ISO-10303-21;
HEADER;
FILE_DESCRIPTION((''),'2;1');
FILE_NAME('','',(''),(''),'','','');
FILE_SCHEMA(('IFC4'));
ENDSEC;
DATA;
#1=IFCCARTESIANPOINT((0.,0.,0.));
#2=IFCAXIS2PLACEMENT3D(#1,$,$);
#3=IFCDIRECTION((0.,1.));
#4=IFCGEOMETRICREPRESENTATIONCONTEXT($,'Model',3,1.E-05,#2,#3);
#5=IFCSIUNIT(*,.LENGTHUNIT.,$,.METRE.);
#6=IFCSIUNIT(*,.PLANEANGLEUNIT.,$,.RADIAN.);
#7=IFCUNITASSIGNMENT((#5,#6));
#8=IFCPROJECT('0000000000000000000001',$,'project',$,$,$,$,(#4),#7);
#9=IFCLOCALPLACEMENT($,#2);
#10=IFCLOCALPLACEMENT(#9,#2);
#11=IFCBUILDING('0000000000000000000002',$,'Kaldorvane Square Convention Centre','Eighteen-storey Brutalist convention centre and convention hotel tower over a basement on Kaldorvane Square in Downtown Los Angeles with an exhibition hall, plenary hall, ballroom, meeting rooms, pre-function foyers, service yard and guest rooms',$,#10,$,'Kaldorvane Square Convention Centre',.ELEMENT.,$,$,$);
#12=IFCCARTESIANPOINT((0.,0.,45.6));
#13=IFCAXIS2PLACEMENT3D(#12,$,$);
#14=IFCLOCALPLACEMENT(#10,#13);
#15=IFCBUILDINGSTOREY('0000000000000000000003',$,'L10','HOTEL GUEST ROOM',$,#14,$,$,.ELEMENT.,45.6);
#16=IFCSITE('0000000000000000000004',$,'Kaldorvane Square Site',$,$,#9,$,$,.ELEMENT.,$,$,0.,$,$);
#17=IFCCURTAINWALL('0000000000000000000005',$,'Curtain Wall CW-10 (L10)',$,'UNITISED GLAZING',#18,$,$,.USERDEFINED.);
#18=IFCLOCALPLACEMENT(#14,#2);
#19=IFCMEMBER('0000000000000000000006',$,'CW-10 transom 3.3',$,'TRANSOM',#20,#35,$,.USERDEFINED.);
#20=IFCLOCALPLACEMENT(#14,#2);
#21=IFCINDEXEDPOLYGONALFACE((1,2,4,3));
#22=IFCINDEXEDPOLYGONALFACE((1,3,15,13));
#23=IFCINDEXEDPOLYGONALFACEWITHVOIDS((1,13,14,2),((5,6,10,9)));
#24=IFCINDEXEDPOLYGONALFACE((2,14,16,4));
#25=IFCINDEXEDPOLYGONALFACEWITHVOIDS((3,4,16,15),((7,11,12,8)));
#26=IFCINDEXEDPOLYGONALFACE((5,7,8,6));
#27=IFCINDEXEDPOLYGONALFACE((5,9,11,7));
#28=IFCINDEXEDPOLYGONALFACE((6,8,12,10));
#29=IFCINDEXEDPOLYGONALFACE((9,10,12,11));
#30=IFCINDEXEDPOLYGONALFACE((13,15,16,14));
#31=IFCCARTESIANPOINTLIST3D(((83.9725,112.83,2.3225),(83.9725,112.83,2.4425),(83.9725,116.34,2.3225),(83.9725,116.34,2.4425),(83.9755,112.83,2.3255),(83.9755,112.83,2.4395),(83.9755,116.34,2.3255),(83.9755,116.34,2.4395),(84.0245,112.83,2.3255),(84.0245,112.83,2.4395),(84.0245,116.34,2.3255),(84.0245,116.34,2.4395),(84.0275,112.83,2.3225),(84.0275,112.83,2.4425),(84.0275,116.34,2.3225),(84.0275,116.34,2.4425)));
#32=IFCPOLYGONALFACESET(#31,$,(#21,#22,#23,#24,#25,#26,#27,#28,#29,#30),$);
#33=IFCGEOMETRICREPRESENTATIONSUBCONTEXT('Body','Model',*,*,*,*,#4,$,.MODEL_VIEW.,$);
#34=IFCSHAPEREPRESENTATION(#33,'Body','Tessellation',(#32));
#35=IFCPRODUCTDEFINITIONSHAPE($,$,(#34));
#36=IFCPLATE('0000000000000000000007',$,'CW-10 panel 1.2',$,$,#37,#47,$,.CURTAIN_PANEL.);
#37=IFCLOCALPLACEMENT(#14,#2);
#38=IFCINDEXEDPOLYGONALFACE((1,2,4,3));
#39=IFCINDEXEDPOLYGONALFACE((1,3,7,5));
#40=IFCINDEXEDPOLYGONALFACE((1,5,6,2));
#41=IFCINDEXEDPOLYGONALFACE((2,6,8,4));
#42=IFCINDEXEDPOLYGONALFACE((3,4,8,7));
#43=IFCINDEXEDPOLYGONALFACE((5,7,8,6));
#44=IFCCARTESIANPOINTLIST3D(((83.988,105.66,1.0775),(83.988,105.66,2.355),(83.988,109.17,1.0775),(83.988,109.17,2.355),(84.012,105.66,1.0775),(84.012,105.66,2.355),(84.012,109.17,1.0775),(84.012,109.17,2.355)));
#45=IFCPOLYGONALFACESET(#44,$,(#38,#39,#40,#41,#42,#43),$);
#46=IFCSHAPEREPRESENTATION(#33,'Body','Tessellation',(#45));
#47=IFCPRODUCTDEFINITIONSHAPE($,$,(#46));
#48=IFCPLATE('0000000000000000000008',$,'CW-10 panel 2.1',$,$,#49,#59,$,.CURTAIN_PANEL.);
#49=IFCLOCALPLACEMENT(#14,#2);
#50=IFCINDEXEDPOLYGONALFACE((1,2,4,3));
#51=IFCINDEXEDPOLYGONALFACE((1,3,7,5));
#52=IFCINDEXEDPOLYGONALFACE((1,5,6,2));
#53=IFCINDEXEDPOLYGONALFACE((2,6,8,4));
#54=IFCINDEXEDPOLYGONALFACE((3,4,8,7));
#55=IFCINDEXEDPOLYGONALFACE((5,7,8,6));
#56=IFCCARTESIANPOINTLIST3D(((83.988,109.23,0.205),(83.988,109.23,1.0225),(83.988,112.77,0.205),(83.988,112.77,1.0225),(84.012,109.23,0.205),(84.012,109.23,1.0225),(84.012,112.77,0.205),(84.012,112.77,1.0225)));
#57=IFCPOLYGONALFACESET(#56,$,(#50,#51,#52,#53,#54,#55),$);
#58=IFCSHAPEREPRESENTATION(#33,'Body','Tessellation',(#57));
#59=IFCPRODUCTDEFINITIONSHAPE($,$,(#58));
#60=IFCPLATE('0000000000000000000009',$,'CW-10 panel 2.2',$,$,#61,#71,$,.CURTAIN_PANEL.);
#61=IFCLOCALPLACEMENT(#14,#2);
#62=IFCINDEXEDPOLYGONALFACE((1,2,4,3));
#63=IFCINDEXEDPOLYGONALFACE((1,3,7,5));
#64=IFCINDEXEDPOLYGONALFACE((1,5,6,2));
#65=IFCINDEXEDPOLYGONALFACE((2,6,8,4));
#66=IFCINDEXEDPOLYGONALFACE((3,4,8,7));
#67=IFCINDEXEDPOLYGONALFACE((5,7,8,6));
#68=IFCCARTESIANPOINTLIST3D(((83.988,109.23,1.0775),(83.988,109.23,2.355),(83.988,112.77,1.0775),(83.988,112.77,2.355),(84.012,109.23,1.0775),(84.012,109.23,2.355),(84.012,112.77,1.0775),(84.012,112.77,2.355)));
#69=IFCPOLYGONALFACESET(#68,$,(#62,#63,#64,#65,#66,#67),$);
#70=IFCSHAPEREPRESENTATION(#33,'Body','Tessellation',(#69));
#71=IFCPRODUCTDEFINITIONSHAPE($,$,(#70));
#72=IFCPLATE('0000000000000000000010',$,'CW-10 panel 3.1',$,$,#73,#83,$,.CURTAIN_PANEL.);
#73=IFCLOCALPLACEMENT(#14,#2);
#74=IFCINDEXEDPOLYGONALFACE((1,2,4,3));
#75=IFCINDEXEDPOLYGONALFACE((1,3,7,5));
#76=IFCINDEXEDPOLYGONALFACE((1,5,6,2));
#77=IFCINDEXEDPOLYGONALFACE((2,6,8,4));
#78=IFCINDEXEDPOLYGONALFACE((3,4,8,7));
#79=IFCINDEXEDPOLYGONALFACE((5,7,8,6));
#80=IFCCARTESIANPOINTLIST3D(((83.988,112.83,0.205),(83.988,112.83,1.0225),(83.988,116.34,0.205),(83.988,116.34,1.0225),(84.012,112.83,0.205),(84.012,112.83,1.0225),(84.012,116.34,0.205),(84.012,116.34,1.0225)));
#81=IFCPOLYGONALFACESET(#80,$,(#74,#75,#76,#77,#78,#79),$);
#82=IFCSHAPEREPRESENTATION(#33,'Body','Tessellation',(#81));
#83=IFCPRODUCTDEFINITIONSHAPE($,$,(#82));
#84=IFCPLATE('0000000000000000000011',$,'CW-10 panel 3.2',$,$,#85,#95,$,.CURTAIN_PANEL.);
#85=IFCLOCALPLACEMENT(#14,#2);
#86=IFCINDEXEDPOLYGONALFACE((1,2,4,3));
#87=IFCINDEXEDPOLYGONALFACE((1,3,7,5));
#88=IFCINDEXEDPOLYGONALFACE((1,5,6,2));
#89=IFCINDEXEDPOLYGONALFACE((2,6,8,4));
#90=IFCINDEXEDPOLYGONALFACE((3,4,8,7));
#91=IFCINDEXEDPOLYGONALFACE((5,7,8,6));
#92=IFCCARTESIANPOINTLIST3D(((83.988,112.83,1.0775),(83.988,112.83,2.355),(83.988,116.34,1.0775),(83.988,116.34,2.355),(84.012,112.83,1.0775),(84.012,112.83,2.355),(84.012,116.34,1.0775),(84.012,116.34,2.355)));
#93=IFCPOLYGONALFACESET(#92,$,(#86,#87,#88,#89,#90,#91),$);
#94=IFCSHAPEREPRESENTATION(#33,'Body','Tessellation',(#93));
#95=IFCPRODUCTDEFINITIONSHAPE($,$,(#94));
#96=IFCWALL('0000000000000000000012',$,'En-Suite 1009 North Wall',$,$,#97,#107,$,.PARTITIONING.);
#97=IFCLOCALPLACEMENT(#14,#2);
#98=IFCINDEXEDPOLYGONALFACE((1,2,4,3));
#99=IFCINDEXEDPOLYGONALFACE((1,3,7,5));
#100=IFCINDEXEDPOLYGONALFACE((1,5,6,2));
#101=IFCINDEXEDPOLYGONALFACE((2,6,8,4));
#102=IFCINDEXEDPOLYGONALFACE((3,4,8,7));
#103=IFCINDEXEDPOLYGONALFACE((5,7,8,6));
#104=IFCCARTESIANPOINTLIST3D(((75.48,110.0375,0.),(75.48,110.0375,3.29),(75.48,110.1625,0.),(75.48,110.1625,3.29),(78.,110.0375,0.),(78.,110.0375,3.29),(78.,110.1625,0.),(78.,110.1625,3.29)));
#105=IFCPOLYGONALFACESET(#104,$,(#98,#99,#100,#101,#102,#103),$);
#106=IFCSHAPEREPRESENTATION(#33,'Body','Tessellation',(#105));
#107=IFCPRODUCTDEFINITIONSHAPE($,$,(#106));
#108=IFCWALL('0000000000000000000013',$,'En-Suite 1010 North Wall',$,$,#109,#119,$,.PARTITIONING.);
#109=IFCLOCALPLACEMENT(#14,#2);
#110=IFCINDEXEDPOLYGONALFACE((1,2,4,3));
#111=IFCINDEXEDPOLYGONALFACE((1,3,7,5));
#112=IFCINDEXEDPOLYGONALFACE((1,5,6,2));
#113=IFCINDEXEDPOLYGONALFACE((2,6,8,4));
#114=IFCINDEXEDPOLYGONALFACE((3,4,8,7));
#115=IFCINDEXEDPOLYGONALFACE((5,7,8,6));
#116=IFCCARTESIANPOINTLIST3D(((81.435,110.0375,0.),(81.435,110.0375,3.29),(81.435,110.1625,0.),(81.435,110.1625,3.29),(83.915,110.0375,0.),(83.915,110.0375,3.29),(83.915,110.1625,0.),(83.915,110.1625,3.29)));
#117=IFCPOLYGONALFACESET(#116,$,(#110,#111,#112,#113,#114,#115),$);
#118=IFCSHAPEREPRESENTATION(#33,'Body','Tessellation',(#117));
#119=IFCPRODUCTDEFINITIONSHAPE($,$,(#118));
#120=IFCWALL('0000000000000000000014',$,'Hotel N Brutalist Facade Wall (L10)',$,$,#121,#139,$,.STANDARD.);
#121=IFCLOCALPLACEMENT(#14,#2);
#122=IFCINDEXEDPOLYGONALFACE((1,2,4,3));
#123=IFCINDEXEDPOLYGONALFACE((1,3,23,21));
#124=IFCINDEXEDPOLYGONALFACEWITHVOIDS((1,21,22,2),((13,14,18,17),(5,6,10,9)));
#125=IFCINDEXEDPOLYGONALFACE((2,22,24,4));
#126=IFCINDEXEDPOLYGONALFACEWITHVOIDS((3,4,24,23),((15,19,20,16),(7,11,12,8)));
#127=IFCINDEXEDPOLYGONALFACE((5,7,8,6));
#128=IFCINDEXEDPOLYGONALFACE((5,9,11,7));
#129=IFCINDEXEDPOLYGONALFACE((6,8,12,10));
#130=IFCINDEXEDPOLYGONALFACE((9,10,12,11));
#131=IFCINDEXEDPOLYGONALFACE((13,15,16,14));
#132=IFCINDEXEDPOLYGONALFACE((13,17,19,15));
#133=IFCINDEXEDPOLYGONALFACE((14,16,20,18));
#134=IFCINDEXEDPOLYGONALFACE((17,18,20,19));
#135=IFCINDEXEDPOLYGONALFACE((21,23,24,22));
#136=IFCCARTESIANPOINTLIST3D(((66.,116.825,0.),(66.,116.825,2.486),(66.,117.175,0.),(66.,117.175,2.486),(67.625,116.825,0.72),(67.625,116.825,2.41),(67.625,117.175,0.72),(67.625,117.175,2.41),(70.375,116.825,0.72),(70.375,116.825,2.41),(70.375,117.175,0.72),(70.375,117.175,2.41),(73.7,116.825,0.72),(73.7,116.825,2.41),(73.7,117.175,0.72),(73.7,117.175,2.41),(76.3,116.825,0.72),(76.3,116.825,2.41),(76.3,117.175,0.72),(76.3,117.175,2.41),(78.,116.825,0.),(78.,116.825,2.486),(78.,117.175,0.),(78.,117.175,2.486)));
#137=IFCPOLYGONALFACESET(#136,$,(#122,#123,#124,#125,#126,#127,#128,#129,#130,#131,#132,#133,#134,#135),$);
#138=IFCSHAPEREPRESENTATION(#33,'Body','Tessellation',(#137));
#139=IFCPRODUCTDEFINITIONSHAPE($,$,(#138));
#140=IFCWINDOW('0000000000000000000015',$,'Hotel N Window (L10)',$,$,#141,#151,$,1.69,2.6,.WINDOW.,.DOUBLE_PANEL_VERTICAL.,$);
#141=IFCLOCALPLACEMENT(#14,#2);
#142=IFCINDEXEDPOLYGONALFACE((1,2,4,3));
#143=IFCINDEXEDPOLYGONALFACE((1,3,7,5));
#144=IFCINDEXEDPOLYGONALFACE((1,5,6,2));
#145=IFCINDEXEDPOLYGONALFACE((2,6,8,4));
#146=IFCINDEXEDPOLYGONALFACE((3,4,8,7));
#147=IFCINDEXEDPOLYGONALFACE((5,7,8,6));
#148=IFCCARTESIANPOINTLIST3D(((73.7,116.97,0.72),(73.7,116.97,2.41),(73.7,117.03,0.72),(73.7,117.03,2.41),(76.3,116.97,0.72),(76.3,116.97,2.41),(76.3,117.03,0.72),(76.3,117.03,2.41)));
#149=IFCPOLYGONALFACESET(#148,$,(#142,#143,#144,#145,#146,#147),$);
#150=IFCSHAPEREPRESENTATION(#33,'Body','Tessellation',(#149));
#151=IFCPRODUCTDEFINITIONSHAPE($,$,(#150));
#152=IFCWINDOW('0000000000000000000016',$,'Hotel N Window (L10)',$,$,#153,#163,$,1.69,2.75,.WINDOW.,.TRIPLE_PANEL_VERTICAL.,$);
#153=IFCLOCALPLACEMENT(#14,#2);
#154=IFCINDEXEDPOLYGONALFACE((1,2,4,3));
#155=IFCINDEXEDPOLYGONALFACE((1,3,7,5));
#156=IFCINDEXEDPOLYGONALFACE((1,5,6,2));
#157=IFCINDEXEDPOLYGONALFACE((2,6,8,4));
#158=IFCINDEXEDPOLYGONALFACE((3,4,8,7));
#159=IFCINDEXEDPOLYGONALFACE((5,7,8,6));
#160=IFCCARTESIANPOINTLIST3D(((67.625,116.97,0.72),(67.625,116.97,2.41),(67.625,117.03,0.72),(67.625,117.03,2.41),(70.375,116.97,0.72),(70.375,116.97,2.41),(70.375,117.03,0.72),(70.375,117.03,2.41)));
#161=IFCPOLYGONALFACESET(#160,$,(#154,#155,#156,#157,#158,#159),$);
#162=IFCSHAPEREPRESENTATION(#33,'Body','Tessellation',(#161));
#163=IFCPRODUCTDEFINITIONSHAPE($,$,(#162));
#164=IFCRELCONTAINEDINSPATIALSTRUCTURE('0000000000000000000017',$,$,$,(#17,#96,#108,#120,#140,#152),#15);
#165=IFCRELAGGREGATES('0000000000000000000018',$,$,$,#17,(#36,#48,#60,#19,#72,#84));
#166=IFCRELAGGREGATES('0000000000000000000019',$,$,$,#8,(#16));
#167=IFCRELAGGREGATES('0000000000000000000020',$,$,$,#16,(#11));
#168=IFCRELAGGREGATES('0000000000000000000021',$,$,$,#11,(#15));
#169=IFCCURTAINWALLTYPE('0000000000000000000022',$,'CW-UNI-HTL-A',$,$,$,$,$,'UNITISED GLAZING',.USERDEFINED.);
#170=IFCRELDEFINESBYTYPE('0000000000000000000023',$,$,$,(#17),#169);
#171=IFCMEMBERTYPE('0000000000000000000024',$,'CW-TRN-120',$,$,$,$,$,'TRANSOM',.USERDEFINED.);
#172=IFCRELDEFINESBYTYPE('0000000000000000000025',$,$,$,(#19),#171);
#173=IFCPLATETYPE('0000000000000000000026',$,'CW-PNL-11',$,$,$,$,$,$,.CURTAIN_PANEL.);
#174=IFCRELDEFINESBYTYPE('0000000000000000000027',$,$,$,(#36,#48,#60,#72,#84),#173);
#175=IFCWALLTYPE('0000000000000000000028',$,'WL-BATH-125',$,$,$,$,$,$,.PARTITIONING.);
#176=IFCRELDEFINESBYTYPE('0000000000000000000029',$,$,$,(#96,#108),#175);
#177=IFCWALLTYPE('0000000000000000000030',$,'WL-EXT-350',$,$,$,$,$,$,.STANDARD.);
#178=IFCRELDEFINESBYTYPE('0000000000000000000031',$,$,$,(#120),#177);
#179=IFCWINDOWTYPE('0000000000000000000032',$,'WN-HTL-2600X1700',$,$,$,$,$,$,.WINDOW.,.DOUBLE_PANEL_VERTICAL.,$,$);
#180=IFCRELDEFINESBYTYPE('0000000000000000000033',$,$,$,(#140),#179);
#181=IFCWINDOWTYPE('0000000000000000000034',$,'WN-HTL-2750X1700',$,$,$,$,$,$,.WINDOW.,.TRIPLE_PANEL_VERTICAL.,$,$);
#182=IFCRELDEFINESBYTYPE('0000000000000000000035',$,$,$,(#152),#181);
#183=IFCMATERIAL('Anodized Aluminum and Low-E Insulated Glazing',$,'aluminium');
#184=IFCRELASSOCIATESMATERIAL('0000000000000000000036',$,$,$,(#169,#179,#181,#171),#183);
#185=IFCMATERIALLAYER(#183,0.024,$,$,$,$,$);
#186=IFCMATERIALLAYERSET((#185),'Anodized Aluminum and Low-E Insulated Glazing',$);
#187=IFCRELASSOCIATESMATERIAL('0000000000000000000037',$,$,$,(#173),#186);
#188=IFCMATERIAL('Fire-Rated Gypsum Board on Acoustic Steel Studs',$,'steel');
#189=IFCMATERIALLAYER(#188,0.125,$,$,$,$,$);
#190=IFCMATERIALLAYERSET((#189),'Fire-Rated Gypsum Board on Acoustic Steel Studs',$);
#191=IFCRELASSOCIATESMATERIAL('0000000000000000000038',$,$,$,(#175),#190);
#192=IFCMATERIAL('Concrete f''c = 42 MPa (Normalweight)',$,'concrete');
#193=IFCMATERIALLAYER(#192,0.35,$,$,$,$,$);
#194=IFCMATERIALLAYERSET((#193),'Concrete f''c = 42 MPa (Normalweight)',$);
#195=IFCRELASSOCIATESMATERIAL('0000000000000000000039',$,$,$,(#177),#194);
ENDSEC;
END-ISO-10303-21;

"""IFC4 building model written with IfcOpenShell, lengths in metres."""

from ifc_helpers import new_model, si_unit, direction, frame, frame_2d, origin, origin_2d, place, context, subcontext, project, spatial, rectangle, hollow_rectangle, extrude, material, layer, layer_set, material_profile, profile_set, type_object, element, fill, aggregate, save


model = new_model("IFC4")

# Units and contexts
model_context = context("Model", 3, precision=1e-05, world=origin(), true_north=direction((0.0, 1.0)))
body_context = subcontext(model_context, "Body", "Model", "MODEL_VIEW")
ifc_project = project(units=[si_unit("LENGTHUNIT", "METRE"), si_unit("PLANEANGLEUNIT", "RADIAN")], contexts=[model_context])

# Site, building, storey
site_placement = place(None, origin())
site = spatial("IfcSite", under=ifc_project, at=site_placement, Name="Kaldorvane Square Site", CompositionType="ELEMENT", RefElevation=0.0)
building_placement = place(site_placement, origin())
building = spatial("IfcBuilding", under=site, at=building_placement, Name="Kaldorvane Square Convention Centre", Description="Eighteen-storey Brutalist convention centre and convention hotel tower over a basement on Kaldorvane Square in Downtown Los Angeles with an exhibition hall, plenary hall, ballroom, meeting rooms, pre-function foyers, service yard and guest rooms", LongName="Kaldorvane Square Convention Centre", CompositionType="ELEMENT")
storey_placement = place(building_placement, frame((0.0, 0.0, 45.6)))
storey = spatial("IfcBuildingStorey", under=building, at=storey_placement, Name="L10", Description="HOTEL GUEST ROOM", CompositionType="ELEMENT", Elevation=45.6)

# Shared definitions
ifc_material_1 = material(Name="Concrete f'c = 42 MPa (Normalweight)", Category="concrete")

# Curtain wall, member, plates
ifc_material_2 = material(Name="Anodized Aluminum and Low-E Insulated Glazing", Category="aluminium")
curtain_wall_type = type_object("IfcCurtainWallType", Name="CW-UNI-HTL-A", ElementType="UNITISED GLAZING", PredefinedType="USERDEFINED", material=ifc_material_2)
curtain_wall_placement = place(storey_placement, origin())
curtain_wall = element("IfcCurtainWall", 1, at=curtain_wall_placement, inside=storey, type_object=curtain_wall_type, Name="Curtain Wall CW-10 (L10)", ObjectType="UNITISED GLAZING", PredefinedType="USERDEFINED")
ifc_material_profile_1 = material_profile(ifc_material_2, hollow_rectangle(XDim=0.055, YDim=0.12, WallThickness=0.003, at=origin_2d()), Name="CWT-120X55")
ifc_profile_set_1 = profile_set([ifc_material_profile_1], Name="Anodized Aluminum and Low-E Insulated Glazing")
member_type_1 = type_object("IfcMemberType", Name="CW-TRN-120", ElementType="TRANSOM", PredefinedType="USERDEFINED", material=ifc_profile_set_1)
member_1_placement = place(storey_placement, frame((84.0, 112.83, 2.3825), z_axis=(0.0, 1.0, 0.0), x_axis=(-1.0, 0.0, 0.0)))
member_1 = element("IfcMember", 2, at=member_1_placement, type_object=member_type_1, Name="CW-10 transom 3.3", ObjectType="TRANSOM", PredefinedType="USERDEFINED", context=body_context, shape_type="SweptSolid", body=[
    extrude(hollow_rectangle(XDim=0.055, YDim=0.12, WallThickness=0.003, at=origin_2d()), origin(), (0.0, 0.0, 1.0), 3.51),
])
ifc_layer_1 = layer(ifc_material_2, 0.024)
ifc_layer_set_1 = layer_set([ifc_layer_1], Name="Anodized Aluminum and Low-E Insulated Glazing")
plate_type = type_object("IfcPlateType", Name="CW-PNL-11", PredefinedType="CURTAIN_PANEL", material=ifc_layer_set_1)
plate_1_placement = place(storey_placement, frame((84.0, 107.415, 1.0775), z_axis=(0.0, 0.0, 1.0), x_axis=(0.0, 1.0, 0.0)))
plate_1 = element("IfcPlate", 3, at=plate_1_placement, type_object=plate_type, Name="CW-10 panel 1.2", PredefinedType="CURTAIN_PANEL", context=body_context, shape_type="SweptSolid", body=[
    extrude(rectangle(XDim=3.51, YDim=0.024, at=origin_2d()), origin(), (0.0, 0.0, 1.0), 1.2775),
])
plate_2_placement = place(storey_placement, frame((84.0, 111.0, 0.205), z_axis=(0.0, 0.0, 1.0), x_axis=(0.0, 1.0, 0.0)))
plate_2 = element("IfcPlate", 4, at=plate_2_placement, type_object=plate_type, Name="CW-10 panel 2.1", PredefinedType="CURTAIN_PANEL", context=body_context, shape_type="SweptSolid", body=[
    extrude(rectangle(XDim=3.54, YDim=0.024, at=origin_2d()), origin(), (0.0, 0.0, 1.0), 0.8175),
])
plate_3_placement = place(storey_placement, frame((84.0, 111.0, 1.0775), z_axis=(0.0, 0.0, 1.0), x_axis=(0.0, 1.0, 0.0)))
plate_3 = element("IfcPlate", 5, at=plate_3_placement, type_object=plate_type, Name="CW-10 panel 2.2", PredefinedType="CURTAIN_PANEL", context=body_context, shape_type="SweptSolid", body=[
    extrude(rectangle(XDim=3.54, YDim=0.024, at=origin_2d()), origin(), (0.0, 0.0, 1.0), 1.2775),
])
plate_4_placement = place(storey_placement, frame((84.0, 114.585, 0.205), z_axis=(0.0, 0.0, 1.0), x_axis=(0.0, 1.0, 0.0)))
plate_4 = element("IfcPlate", 6, at=plate_4_placement, type_object=plate_type, Name="CW-10 panel 3.1", PredefinedType="CURTAIN_PANEL", context=body_context, shape_type="SweptSolid", body=[
    extrude(rectangle(XDim=3.51, YDim=0.024, at=origin_2d()), origin(), (0.0, 0.0, 1.0), 0.8175),
])
plate_5_placement = place(storey_placement, frame((84.0, 114.585, 1.0775), z_axis=(0.0, 0.0, 1.0), x_axis=(0.0, 1.0, 0.0)))
plate_5 = element("IfcPlate", 7, at=plate_5_placement, type_object=plate_type, Name="CW-10 panel 3.2", PredefinedType="CURTAIN_PANEL", context=body_context, shape_type="SweptSolid", body=[
    extrude(rectangle(XDim=3.51, YDim=0.024, at=origin_2d()), origin(), (0.0, 0.0, 1.0), 1.2775),
])
aggregate(curtain_wall, [plate_1, plate_2, plate_3, member_1, plate_4, plate_5])

# Walls
ifc_material_3 = material(Name="Fire-Rated Gypsum Board on Acoustic Steel Studs", Category="steel")
ifc_layer_2 = layer(ifc_material_3, 0.125)
ifc_layer_set_2 = layer_set([ifc_layer_2], Name="Fire-Rated Gypsum Board on Acoustic Steel Studs")
wall_type_1 = type_object("IfcWallType", Name="WL-BATH-125", PredefinedType="PARTITIONING", material=ifc_layer_set_2)
wall_1_placement = place(storey_placement, frame((75.48, 110.1, 0.0), z_axis=(0.0, 0.0, 1.0), x_axis=(1.0, 0.0, 0.0)))
element("IfcWall", 8, at=wall_1_placement, inside=storey, type_object=wall_type_1, Name="En-Suite 1009 North Wall", PredefinedType="PARTITIONING", context=body_context, shape_type="SweptSolid", body=[
    extrude(rectangle(XDim=2.52, YDim=0.125, at=frame_2d((1.26, 0.0))), origin(), (0.0, 0.0, 1.0), 3.29),
])
wall_2_placement = place(storey_placement, frame((81.435, 110.1, 0.0), z_axis=(0.0, 0.0, 1.0), x_axis=(1.0, 0.0, 0.0)))
element("IfcWall", 9, at=wall_2_placement, inside=storey, type_object=wall_type_1, Name="En-Suite 1010 North Wall", PredefinedType="PARTITIONING", context=body_context, shape_type="SweptSolid", body=[
    extrude(rectangle(XDim=2.48, YDim=0.125, at=frame_2d((1.24, 0.0))), origin(), (0.0, 0.0, 1.0), 3.29),
])

# Wall, openings, windows
ifc_layer_3 = layer(ifc_material_1, 0.35)
ifc_layer_set_3 = layer_set([ifc_layer_3], Name="Concrete f'c = 42 MPa (Normalweight)")
wall_type_2 = type_object("IfcWallType", Name="WL-EXT-350", PredefinedType="STANDARD", material=ifc_layer_set_3)
wall_3_placement = place(storey_placement, frame((78.0, 117.0, 0.0), z_axis=(0.0, 0.0, 1.0), x_axis=(-1.0, 0.0, 0.0)))
wall_3 = element("IfcWall", 10, at=wall_3_placement, inside=storey, type_object=wall_type_2, Name="Hotel N Brutalist Facade Wall (L10)", PredefinedType="STANDARD", context=body_context, shape_type="SweptSolid", body=[
    extrude(rectangle(XDim=12.0, YDim=0.35, at=frame_2d((6.0, 0.0))), origin(), (0.0, 0.0, 1.0), 2.486),
])
opening_1_placement = place(wall_3_placement, frame((1.7, 0.0, 0.72)))
opening_1 = element("IfcOpeningElement", 11, at=opening_1_placement, cuts=wall_3, PredefinedType="OPENING", context=body_context, shape_type="SweptSolid", body=[
    extrude(rectangle(XDim=2.6, YDim=1.69, at=frame_2d((1.3, 0.845))), frame((0.0, 0.19, 0.0), z_axis=(0.0, -1.0, 0.0), x_axis=(1.0, 0.0, 0.0)), (0.0, 0.0, 1.0), 0.38),
])
opening_2_placement = place(wall_3_placement, frame((7.625, 0.0, 0.72)))
opening_2 = element("IfcOpeningElement", 12, at=opening_2_placement, cuts=wall_3, PredefinedType="OPENING", context=body_context, shape_type="SweptSolid", body=[
    extrude(rectangle(XDim=2.75, YDim=1.69, at=frame_2d((1.375, 0.845))), frame((0.0, 0.19, 0.0), z_axis=(0.0, -1.0, 0.0), x_axis=(1.0, 0.0, 0.0)), (0.0, 0.0, 1.0), 0.38),
])
window_type_1 = type_object("IfcWindowType", Name="WN-HTL-2600X1700", PartitioningType="DOUBLE_PANEL_VERTICAL", PredefinedType="WINDOW", material=ifc_material_2)
window_1_placement = place(opening_1_placement, origin())
window_1 = element("IfcWindow", 13, at=window_1_placement, inside=storey, type_object=window_type_1, Name="Hotel N Window (L10)", OverallHeight=1.69, OverallWidth=2.6, PartitioningType="DOUBLE_PANEL_VERTICAL", PredefinedType="WINDOW", context=body_context, shape_type="SweptSolid", body=[
    extrude(rectangle(XDim=2.6, YDim=1.69, at=frame_2d((1.3, 0.845))), frame((0.0, 0.03, 0.0), z_axis=(0.0, -1.0, 0.0), x_axis=(1.0, 0.0, 0.0)), (0.0, 0.0, 1.0), 0.06),
])
fill(opening_1, window_1)
window_type_2 = type_object("IfcWindowType", Name="WN-HTL-2750X1700", PartitioningType="TRIPLE_PANEL_VERTICAL", PredefinedType="WINDOW", material=ifc_material_2)
window_2_placement = place(opening_2_placement, origin())
window_2 = element("IfcWindow", 14, at=window_2_placement, inside=storey, type_object=window_type_2, Name="Hotel N Window (L10)", OverallHeight=1.69, OverallWidth=2.75, PartitioningType="TRIPLE_PANEL_VERTICAL", PredefinedType="WINDOW", context=body_context, shape_type="SweptSolid", body=[
    extrude(rectangle(XDim=2.75, YDim=1.69, at=frame_2d((1.375, 0.845))), frame((0.0, 0.03, 0.0), z_axis=(0.0, -1.0, 0.0), x_axis=(1.0, 0.0, 0.0)), (0.0, 0.0, 1.0), 0.06),
])
fill(opening_2, window_2)

save(model, "model.ifc")
